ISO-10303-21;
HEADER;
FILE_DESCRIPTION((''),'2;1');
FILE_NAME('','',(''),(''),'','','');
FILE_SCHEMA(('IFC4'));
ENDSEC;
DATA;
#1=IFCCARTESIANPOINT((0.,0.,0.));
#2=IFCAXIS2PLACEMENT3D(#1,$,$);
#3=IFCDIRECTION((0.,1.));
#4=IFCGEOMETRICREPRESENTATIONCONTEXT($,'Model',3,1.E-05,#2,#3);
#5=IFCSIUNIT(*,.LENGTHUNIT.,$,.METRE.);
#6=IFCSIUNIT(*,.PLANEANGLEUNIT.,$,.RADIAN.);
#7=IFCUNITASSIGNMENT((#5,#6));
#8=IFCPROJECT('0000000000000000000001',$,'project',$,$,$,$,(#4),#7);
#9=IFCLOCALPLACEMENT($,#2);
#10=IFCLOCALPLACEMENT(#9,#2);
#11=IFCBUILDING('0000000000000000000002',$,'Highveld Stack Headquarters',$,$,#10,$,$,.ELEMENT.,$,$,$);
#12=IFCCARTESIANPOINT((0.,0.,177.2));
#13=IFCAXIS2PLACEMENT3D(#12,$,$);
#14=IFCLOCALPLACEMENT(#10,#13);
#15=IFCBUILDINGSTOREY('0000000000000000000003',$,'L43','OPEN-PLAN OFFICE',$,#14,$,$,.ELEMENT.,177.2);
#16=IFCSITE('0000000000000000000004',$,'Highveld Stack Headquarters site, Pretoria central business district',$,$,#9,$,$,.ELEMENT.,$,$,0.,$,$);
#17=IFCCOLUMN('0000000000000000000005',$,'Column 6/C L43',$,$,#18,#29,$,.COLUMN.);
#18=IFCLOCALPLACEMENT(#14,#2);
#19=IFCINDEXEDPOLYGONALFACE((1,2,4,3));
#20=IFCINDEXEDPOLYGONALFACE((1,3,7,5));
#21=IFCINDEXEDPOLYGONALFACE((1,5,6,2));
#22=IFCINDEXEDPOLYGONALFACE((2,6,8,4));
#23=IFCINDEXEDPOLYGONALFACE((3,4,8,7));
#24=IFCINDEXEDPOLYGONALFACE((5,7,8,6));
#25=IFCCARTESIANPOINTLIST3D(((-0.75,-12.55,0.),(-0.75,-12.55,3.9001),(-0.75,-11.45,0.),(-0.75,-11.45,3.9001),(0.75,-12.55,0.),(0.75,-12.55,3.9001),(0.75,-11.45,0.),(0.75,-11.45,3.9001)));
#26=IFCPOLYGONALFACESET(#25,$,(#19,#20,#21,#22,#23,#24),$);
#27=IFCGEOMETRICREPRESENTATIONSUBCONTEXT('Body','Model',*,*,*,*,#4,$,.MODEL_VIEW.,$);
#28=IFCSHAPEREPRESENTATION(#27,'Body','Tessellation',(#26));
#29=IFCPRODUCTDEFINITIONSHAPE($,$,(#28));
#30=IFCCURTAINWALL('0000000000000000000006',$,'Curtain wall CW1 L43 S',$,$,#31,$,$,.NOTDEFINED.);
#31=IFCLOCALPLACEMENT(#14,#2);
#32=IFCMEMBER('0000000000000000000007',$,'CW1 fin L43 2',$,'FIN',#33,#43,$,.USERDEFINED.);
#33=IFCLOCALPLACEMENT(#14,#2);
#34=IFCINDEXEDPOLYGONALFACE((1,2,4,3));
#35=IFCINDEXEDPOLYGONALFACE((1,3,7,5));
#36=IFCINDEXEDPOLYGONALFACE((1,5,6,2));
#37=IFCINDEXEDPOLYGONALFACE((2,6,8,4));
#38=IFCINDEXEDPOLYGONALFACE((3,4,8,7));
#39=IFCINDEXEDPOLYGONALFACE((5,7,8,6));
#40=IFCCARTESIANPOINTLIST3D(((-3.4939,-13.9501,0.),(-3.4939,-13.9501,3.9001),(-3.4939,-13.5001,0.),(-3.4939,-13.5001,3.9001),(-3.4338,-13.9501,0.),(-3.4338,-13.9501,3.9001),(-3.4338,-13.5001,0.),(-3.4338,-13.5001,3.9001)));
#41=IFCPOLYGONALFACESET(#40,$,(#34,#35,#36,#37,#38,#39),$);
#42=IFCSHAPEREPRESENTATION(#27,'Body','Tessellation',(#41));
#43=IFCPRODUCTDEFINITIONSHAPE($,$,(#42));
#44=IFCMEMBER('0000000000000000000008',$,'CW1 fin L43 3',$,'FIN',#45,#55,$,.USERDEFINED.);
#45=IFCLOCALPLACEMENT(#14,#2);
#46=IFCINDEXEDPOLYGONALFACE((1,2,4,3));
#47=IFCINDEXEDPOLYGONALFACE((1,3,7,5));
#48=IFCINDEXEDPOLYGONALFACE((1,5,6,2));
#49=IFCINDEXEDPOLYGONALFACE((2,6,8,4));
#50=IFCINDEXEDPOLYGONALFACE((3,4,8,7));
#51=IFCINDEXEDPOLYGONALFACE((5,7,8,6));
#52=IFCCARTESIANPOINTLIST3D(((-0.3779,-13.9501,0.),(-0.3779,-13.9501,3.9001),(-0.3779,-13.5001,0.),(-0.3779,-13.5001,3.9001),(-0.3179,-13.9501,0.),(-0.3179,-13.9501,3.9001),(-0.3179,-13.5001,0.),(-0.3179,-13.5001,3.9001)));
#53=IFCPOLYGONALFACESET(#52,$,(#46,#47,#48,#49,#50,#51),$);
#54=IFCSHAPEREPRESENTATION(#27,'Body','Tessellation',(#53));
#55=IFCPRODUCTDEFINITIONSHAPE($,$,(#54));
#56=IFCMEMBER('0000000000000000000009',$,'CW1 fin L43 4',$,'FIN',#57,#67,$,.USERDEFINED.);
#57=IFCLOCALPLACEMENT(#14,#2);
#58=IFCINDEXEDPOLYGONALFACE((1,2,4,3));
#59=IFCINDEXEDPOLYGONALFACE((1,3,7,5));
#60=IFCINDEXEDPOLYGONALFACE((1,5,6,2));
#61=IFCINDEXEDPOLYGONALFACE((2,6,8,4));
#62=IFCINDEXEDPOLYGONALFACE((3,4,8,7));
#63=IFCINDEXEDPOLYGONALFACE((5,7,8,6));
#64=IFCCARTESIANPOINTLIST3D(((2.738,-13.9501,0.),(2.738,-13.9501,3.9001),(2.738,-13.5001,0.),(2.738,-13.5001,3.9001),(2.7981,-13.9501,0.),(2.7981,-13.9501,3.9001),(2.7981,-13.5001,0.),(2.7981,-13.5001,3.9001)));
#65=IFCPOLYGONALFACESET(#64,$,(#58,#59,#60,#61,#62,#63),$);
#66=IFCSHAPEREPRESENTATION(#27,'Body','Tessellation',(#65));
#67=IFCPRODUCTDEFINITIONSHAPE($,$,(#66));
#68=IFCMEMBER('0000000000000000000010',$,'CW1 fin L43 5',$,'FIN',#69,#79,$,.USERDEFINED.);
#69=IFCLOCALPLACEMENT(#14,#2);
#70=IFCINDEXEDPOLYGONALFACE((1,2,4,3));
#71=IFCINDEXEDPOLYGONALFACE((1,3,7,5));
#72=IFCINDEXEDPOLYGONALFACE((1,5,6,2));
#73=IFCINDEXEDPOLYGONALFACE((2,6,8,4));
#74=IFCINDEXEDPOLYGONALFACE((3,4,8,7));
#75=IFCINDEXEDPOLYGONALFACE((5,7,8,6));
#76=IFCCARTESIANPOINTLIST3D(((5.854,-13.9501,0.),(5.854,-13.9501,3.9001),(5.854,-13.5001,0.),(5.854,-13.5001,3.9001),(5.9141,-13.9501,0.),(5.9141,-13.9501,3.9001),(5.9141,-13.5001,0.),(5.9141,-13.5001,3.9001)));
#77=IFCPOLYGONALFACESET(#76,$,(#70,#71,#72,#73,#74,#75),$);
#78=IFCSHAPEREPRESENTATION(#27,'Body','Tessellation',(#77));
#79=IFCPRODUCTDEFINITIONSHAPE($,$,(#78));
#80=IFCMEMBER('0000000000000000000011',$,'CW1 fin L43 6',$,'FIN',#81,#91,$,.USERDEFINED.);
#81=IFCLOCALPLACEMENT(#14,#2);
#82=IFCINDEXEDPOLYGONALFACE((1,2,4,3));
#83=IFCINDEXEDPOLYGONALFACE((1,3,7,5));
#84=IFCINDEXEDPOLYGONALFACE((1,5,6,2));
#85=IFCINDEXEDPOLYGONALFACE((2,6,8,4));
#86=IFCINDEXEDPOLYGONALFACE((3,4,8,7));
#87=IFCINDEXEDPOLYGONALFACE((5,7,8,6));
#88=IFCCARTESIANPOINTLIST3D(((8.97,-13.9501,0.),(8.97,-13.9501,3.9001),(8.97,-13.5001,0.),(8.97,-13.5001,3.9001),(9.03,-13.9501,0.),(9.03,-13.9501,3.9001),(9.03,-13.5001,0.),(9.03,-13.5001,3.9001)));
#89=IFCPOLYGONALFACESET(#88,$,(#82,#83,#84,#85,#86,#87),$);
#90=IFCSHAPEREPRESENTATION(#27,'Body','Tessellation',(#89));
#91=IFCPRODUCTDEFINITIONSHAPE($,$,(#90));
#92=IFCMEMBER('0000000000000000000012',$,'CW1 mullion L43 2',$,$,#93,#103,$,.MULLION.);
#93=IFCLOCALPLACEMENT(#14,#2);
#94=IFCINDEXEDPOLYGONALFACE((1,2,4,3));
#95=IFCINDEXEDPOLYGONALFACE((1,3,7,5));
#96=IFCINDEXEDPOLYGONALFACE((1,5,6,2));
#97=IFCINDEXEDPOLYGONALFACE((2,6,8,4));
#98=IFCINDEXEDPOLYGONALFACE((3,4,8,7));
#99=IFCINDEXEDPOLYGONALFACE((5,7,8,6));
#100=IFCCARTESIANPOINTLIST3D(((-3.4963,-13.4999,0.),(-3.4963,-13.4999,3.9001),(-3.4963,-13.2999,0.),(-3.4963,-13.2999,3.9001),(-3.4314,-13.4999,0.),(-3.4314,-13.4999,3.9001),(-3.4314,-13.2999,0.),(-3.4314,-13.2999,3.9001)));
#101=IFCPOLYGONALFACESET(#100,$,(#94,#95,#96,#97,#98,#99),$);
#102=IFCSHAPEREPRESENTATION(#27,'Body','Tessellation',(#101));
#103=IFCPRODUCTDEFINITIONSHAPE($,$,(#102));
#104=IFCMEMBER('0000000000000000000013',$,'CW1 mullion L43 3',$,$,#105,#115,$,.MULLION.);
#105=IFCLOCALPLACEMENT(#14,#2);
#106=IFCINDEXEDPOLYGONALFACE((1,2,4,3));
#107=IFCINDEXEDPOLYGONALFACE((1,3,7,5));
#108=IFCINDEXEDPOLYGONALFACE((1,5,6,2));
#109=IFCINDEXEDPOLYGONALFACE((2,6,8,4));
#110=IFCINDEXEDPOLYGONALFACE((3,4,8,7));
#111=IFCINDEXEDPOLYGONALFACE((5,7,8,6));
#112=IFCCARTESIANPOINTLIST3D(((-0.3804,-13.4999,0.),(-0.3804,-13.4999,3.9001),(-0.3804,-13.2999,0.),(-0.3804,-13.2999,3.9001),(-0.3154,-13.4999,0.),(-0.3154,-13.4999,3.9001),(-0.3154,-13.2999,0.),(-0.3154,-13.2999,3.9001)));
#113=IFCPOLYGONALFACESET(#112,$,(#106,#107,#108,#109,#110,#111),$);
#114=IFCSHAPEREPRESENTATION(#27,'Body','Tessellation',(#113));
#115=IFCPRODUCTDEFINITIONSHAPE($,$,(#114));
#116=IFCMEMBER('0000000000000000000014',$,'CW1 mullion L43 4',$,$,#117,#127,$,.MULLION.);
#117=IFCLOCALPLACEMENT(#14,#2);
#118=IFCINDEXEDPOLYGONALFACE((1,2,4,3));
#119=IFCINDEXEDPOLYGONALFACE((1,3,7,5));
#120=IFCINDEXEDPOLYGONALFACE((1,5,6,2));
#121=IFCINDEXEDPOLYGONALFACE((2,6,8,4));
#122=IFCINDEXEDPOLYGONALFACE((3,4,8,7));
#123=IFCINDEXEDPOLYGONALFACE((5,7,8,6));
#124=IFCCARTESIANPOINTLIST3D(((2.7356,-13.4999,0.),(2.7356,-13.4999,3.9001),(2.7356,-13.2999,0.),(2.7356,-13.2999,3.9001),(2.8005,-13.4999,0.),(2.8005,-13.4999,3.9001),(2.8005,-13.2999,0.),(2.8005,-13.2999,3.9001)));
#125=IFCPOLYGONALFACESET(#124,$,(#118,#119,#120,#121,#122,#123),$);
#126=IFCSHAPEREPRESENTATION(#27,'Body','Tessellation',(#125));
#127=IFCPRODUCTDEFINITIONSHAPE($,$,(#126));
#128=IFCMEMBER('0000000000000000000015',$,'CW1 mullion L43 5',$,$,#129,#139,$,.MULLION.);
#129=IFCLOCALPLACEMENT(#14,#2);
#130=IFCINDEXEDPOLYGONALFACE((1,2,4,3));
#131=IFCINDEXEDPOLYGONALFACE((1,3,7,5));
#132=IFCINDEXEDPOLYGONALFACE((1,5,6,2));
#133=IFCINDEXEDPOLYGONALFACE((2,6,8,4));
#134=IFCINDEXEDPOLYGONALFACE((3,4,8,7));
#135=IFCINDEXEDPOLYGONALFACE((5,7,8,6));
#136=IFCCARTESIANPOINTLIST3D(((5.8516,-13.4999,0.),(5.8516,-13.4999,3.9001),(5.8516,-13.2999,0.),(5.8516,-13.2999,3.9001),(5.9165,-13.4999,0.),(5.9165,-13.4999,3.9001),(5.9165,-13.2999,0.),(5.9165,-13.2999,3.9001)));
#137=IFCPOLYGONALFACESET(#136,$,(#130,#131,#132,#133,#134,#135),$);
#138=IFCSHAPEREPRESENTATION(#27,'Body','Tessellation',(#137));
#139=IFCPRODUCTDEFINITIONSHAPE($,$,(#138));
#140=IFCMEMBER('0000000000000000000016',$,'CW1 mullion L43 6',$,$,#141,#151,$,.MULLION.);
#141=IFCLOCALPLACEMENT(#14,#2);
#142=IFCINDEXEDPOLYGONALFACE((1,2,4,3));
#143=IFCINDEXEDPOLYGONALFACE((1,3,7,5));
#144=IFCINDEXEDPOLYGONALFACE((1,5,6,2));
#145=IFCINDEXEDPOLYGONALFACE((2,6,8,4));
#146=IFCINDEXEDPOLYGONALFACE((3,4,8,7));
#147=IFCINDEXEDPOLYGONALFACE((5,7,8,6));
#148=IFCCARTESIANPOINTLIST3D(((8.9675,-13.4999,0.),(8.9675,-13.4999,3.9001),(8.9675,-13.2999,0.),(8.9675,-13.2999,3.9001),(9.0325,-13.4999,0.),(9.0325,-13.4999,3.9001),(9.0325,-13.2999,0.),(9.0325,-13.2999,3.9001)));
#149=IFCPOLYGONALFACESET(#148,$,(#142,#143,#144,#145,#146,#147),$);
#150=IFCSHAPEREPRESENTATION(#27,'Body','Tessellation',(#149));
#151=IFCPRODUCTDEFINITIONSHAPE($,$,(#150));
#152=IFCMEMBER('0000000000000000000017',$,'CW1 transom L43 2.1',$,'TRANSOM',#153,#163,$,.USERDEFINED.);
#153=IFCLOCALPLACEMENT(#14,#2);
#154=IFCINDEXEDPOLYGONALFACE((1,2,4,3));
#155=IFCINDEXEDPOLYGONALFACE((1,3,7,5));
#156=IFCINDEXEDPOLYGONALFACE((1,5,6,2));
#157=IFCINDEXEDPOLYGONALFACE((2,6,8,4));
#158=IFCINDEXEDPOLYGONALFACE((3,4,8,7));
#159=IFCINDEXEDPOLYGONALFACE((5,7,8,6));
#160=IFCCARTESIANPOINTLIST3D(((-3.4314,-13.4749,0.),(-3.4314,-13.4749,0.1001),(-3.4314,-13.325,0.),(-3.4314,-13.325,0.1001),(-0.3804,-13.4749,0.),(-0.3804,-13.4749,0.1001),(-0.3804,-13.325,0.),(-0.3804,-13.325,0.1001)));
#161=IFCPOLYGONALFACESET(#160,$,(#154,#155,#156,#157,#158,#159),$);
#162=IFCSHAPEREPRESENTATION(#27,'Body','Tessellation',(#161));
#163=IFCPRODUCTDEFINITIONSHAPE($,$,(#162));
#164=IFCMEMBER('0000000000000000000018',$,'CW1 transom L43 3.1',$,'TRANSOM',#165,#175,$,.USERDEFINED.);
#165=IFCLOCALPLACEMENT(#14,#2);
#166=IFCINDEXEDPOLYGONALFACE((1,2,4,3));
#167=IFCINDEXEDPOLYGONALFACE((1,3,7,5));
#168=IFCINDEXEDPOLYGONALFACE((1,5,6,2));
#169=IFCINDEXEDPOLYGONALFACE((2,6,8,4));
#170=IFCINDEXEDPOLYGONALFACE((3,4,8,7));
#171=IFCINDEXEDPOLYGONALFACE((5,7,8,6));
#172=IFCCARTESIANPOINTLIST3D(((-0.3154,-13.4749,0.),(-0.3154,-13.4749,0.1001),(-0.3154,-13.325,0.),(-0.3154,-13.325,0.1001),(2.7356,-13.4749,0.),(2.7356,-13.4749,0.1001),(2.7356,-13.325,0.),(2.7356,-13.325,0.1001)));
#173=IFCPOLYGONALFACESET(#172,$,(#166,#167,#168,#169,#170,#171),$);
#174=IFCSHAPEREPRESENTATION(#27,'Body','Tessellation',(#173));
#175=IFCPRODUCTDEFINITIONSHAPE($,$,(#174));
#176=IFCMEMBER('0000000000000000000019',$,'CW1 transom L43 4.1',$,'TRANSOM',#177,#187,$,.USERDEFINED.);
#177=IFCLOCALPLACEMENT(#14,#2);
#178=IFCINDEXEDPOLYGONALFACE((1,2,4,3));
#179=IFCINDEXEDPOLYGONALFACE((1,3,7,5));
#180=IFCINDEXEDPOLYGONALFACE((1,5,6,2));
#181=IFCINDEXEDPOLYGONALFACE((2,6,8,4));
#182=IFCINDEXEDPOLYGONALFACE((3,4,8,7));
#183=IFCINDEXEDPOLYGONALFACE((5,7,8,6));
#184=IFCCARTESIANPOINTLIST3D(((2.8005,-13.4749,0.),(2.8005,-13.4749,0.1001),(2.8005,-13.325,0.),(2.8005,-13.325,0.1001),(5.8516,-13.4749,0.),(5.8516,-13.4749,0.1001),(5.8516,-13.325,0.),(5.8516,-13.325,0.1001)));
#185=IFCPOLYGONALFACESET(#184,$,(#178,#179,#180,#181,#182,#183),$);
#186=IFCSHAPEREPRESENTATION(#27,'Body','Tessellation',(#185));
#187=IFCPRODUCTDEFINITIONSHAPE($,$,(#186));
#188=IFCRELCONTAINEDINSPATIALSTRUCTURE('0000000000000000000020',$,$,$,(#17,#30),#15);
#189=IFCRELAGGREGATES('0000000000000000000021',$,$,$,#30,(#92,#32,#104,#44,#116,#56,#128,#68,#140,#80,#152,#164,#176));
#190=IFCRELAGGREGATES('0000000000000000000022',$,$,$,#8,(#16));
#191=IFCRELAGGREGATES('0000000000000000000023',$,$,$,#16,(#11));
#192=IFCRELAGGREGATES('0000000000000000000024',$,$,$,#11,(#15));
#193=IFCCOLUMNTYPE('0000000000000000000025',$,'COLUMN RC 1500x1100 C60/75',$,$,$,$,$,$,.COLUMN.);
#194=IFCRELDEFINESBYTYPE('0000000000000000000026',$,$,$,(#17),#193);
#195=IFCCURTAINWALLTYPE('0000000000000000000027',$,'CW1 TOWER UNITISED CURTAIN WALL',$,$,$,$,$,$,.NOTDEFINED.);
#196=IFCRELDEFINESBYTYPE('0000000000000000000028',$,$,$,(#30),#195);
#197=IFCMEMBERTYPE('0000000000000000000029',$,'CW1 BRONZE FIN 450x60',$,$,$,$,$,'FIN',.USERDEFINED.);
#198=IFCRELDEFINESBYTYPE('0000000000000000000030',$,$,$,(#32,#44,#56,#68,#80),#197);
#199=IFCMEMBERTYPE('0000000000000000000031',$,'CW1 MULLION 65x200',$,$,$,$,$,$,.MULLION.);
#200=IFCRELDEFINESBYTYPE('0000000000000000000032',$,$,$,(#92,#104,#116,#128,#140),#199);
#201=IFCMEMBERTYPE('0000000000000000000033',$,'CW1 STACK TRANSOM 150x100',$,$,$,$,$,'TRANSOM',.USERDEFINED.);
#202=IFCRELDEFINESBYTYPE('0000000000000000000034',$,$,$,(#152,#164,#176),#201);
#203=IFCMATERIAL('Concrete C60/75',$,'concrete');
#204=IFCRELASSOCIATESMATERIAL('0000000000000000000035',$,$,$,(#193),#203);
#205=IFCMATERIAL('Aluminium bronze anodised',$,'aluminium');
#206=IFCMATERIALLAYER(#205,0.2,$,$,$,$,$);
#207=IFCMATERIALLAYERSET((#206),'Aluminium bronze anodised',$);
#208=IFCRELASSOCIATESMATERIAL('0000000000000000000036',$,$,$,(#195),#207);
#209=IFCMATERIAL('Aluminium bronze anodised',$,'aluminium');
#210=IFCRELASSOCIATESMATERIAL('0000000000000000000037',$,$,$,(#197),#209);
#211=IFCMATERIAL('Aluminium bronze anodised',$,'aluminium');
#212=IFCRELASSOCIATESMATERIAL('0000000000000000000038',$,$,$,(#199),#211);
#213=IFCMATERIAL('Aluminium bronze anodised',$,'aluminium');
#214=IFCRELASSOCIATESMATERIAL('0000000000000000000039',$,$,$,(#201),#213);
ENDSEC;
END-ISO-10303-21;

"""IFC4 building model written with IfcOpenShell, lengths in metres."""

from ifc_helpers import new_model, si_unit, direction, frame, origin, origin_2d, place, context, subcontext, project, spatial, rectangle, extrude, material, layer, layer_set, material_profile, profile_set, type_object, element, aggregate, save


model = new_model("IFC4")

# Units and contexts
model_context = context("Model", 3, precision=1e-05, world=origin(), true_north=direction((0.0, 1.0)))
body_context = subcontext(model_context, "Body", "Model", "MODEL_VIEW")
ifc_project = project(units=[si_unit("LENGTHUNIT", "METRE"), si_unit("PLANEANGLEUNIT", "RADIAN")], contexts=[model_context])

# Site, building, storey
site_placement = place(None, origin())
site = spatial("IfcSite", under=ifc_project, at=site_placement, Name="Highveld Stack Headquarters site, Pretoria central business district", CompositionType="ELEMENT", RefElevation=0.0)
building_placement = place(site_placement, origin())
building = spatial("IfcBuilding", under=site, at=building_placement, Name="Highveld Stack Headquarters", CompositionType="ELEMENT")
storey_placement = place(building_placement, frame((0.0, 0.0, 177.2)))
storey = spatial("IfcBuildingStorey", under=building, at=storey_placement, Name="L43", Description="OPEN-PLAN OFFICE", CompositionType="ELEMENT", Elevation=177.2)

# Column
ifc_material_1 = material(Name="Concrete C60/75", Category="concrete")
ifc_material_profile_1 = material_profile(ifc_material_1, rectangle(XDim=1.5, YDim=1.1001, at=origin_2d()), Name="RC 1500x1100")
ifc_profile_set_1 = profile_set([ifc_material_profile_1], Name="Concrete C60/75")
column_type = type_object("IfcColumnType", Name="COLUMN RC 1500x1100 C60/75", PredefinedType="COLUMN", material=ifc_profile_set_1)
column_placement = place(storey_placement, frame((0.0, -12.0, 0.0), z_axis=(0.0, 0.0, 1.0), x_axis=(1.0, 0.0, 0.0)))
element("IfcColumn", 1, at=column_placement, inside=storey, type_object=column_type, Name="Column 6/C L43", PredefinedType="COLUMN", context=body_context, shape_type="SweptSolid", body=[
    extrude(rectangle(XDim=1.5, YDim=1.1001, at=origin_2d()), origin(), (0.0, 0.0, 1.0), 3.9001),
])

# Curtain wall, members
ifc_material_2 = material(Name="Aluminium bronze anodised", Category="aluminium")
ifc_layer_1 = layer(ifc_material_2, 0.2)
ifc_layer_set_1 = layer_set([ifc_layer_1], Name="Aluminium bronze anodised")
curtain_wall_type = type_object("IfcCurtainWallType", Name="CW1 TOWER UNITISED CURTAIN WALL", PredefinedType="NOTDEFINED", material=ifc_layer_set_1)
curtain_wall_placement = place(storey_placement, origin())
curtain_wall = element("IfcCurtainWall", 2, at=curtain_wall_placement, inside=storey, type_object=curtain_wall_type, Name="Curtain wall CW1 L43 S", PredefinedType="NOTDEFINED")
ifc_material_3 = material(Name="Aluminium bronze anodised", Category="aluminium")
ifc_material_profile_2 = material_profile(ifc_material_3, rectangle(XDim=0.45, YDim=0.0601, at=origin_2d()), Name="FIN 450x60")
ifc_profile_set_2 = profile_set([ifc_material_profile_2], Name="Aluminium bronze anodised")
member_type_1 = type_object("IfcMemberType", Name="CW1 BRONZE FIN 450x60", ElementType="FIN", PredefinedType="USERDEFINED", material=ifc_profile_set_2)
member_1_placement = place(storey_placement, frame((-3.4639, -13.7251, 0.0), z_axis=(0.0, 0.0, 1.0), x_axis=(0.0, 1.0, 0.0)))
member_1 = element("IfcMember", 3, at=member_1_placement, type_object=member_type_1, Name="CW1 fin L43 2", ObjectType="FIN", PredefinedType="USERDEFINED", context=body_context, shape_type="SweptSolid", body=[
    extrude(rectangle(XDim=0.45, YDim=0.0601, at=origin_2d()), origin(), (0.0, 0.0, 1.0), 3.9001),
])
member_2_placement = place(storey_placement, frame((-0.3479, -13.7251, 0.0), z_axis=(0.0, 0.0, 1.0), x_axis=(0.0, 1.0, 0.0)))
member_2 = element("IfcMember", 4, at=member_2_placement, type_object=member_type_1, Name="CW1 fin L43 3", ObjectType="FIN", PredefinedType="USERDEFINED", context=body_context, shape_type="SweptSolid", body=[
    extrude(rectangle(XDim=0.45, YDim=0.0601, at=origin_2d()), origin(), (0.0, 0.0, 1.0), 3.9001),
])
member_3_placement = place(storey_placement, frame((2.7681, -13.7251, 0.0), z_axis=(0.0, 0.0, 1.0), x_axis=(0.0, 1.0, 0.0)))
member_3 = element("IfcMember", 5, at=member_3_placement, type_object=member_type_1, Name="CW1 fin L43 4", ObjectType="FIN", PredefinedType="USERDEFINED", context=body_context, shape_type="SweptSolid", body=[
    extrude(rectangle(XDim=0.45, YDim=0.0601, at=origin_2d()), origin(), (0.0, 0.0, 1.0), 3.9001),
])
member_4_placement = place(storey_placement, frame((5.884, -13.7251, 0.0), z_axis=(0.0, 0.0, 1.0), x_axis=(0.0, 1.0, 0.0)))
member_4 = element("IfcMember", 6, at=member_4_placement, type_object=member_type_1, Name="CW1 fin L43 5", ObjectType="FIN", PredefinedType="USERDEFINED", context=body_context, shape_type="SweptSolid", body=[
    extrude(rectangle(XDim=0.45, YDim=0.0601, at=origin_2d()), origin(), (0.0, 0.0, 1.0), 3.9001),
])
member_5_placement = place(storey_placement, frame((9.0, -13.7251, 0.0), z_axis=(0.0, 0.0, 1.0), x_axis=(0.0, 1.0, 0.0)))
member_5 = element("IfcMember", 7, at=member_5_placement, type_object=member_type_1, Name="CW1 fin L43 6", ObjectType="FIN", PredefinedType="USERDEFINED", context=body_context, shape_type="SweptSolid", body=[
    extrude(rectangle(XDim=0.45, YDim=0.0601, at=origin_2d()), origin(), (0.0, 0.0, 1.0), 3.9001),
])
ifc_material_4 = material(Name="Aluminium bronze anodised", Category="aluminium")
ifc_material_profile_3 = material_profile(ifc_material_4, rectangle(XDim=0.2, YDim=0.0649, at=origin_2d()), Name="CW1 MULLION 65x200")
ifc_profile_set_3 = profile_set([ifc_material_profile_3], Name="Aluminium bronze anodised")
member_type_2 = type_object("IfcMemberType", Name="CW1 MULLION 65x200", PredefinedType="MULLION", material=ifc_profile_set_3)
member_6_placement = place(storey_placement, frame((-3.4639, -13.3999, 0.0), z_axis=(0.0, 0.0, 1.0), x_axis=(0.0, 1.0, 0.0)))
member_6 = element("IfcMember", 8, at=member_6_placement, type_object=member_type_2, Name="CW1 mullion L43 2", PredefinedType="MULLION", context=body_context, shape_type="SweptSolid", body=[
    extrude(rectangle(XDim=0.2, YDim=0.0649, at=origin_2d()), origin(), (0.0, 0.0, 1.0), 3.9001),
])
member_7_placement = place(storey_placement, frame((-0.3479, -13.3999, 0.0), z_axis=(0.0, 0.0, 1.0), x_axis=(0.0, 1.0, 0.0)))
member_7 = element("IfcMember", 9, at=member_7_placement, type_object=member_type_2, Name="CW1 mullion L43 3", PredefinedType="MULLION", context=body_context, shape_type="SweptSolid", body=[
    extrude(rectangle(XDim=0.2, YDim=0.0649, at=origin_2d()), origin(), (0.0, 0.0, 1.0), 3.9001),
])
member_8_placement = place(storey_placement, frame((2.7681, -13.3999, 0.0), z_axis=(0.0, 0.0, 1.0), x_axis=(0.0, 1.0, 0.0)))
member_8 = element("IfcMember", 10, at=member_8_placement, type_object=member_type_2, Name="CW1 mullion L43 4", PredefinedType="MULLION", context=body_context, shape_type="SweptSolid", body=[
    extrude(rectangle(XDim=0.2, YDim=0.0649, at=origin_2d()), origin(), (0.0, 0.0, 1.0), 3.9001),
])
member_9_placement = place(storey_placement, frame((5.884, -13.3999, 0.0), z_axis=(0.0, 0.0, 1.0), x_axis=(0.0, 1.0, 0.0)))
member_9 = element("IfcMember", 11, at=member_9_placement, type_object=member_type_2, Name="CW1 mullion L43 5", PredefinedType="MULLION", context=body_context, shape_type="SweptSolid", body=[
    extrude(rectangle(XDim=0.2, YDim=0.0649, at=origin_2d()), origin(), (0.0, 0.0, 1.0), 3.9001),
])
member_10_placement = place(storey_placement, frame((9.0, -13.3999, 0.0), z_axis=(0.0, 0.0, 1.0), x_axis=(0.0, 1.0, 0.0)))
member_10 = element("IfcMember", 12, at=member_10_placement, type_object=member_type_2, Name="CW1 mullion L43 6", PredefinedType="MULLION", context=body_context, shape_type="SweptSolid", body=[
    extrude(rectangle(XDim=0.2, YDim=0.0649, at=origin_2d()), origin(), (0.0, 0.0, 1.0), 3.9001),
])
ifc_material_5 = material(Name="Aluminium bronze anodised", Category="aluminium")
ifc_material_profile_4 = material_profile(ifc_material_5, rectangle(XDim=0.1499, YDim=0.1001, at=origin_2d()), Name="CW1 TRANSOM 150x100")
ifc_profile_set_4 = profile_set([ifc_material_profile_4], Name="Aluminium bronze anodised")
member_type_3 = type_object("IfcMemberType", Name="CW1 STACK TRANSOM 150x100", ElementType="TRANSOM", PredefinedType="USERDEFINED", material=ifc_profile_set_4)
member_11_placement = place(storey_placement, frame((-3.4314, -13.3999, 0.05), z_axis=(1.0, 0.0, 0.0), x_axis=(0.0, 1.0, 0.0)))
member_11 = element("IfcMember", 13, at=member_11_placement, type_object=member_type_3, Name="CW1 transom L43 2.1", ObjectType="TRANSOM", PredefinedType="USERDEFINED", context=body_context, shape_type="SweptSolid", body=[
    extrude(rectangle(XDim=0.1499, YDim=0.1001, at=origin_2d()), origin(), (0.0, 0.0, 1.0), 3.051),
])
member_12_placement = place(storey_placement, frame((-0.3154, -13.3999, 0.05), z_axis=(1.0, 0.0, 0.0), x_axis=(0.0, 1.0, 0.0)))
member_12 = element("IfcMember", 14, at=member_12_placement, type_object=member_type_3, Name="CW1 transom L43 3.1", ObjectType="TRANSOM", PredefinedType="USERDEFINED", context=body_context, shape_type="SweptSolid", body=[
    extrude(rectangle(XDim=0.1499, YDim=0.1001, at=origin_2d()), origin(), (0.0, 0.0, 1.0), 3.051),
])
member_13_placement = place(storey_placement, frame((2.8005, -13.3999, 0.05), z_axis=(1.0, 0.0, 0.0), x_axis=(0.0, 1.0, 0.0)))
member_13 = element("IfcMember", 15, at=member_13_placement, type_object=member_type_3, Name="CW1 transom L43 4.1", ObjectType="TRANSOM", PredefinedType="USERDEFINED", context=body_context, shape_type="SweptSolid", body=[
    extrude(rectangle(XDim=0.1499, YDim=0.1001, at=origin_2d()), origin(), (0.0, 0.0, 1.0), 3.051),
])
aggregate(curtain_wall, [member_6, member_1, member_7, member_2, member_8, member_3, member_9, member_4, member_10, member_5, member_11, member_12, member_13])

save(model, "model.ifc")
